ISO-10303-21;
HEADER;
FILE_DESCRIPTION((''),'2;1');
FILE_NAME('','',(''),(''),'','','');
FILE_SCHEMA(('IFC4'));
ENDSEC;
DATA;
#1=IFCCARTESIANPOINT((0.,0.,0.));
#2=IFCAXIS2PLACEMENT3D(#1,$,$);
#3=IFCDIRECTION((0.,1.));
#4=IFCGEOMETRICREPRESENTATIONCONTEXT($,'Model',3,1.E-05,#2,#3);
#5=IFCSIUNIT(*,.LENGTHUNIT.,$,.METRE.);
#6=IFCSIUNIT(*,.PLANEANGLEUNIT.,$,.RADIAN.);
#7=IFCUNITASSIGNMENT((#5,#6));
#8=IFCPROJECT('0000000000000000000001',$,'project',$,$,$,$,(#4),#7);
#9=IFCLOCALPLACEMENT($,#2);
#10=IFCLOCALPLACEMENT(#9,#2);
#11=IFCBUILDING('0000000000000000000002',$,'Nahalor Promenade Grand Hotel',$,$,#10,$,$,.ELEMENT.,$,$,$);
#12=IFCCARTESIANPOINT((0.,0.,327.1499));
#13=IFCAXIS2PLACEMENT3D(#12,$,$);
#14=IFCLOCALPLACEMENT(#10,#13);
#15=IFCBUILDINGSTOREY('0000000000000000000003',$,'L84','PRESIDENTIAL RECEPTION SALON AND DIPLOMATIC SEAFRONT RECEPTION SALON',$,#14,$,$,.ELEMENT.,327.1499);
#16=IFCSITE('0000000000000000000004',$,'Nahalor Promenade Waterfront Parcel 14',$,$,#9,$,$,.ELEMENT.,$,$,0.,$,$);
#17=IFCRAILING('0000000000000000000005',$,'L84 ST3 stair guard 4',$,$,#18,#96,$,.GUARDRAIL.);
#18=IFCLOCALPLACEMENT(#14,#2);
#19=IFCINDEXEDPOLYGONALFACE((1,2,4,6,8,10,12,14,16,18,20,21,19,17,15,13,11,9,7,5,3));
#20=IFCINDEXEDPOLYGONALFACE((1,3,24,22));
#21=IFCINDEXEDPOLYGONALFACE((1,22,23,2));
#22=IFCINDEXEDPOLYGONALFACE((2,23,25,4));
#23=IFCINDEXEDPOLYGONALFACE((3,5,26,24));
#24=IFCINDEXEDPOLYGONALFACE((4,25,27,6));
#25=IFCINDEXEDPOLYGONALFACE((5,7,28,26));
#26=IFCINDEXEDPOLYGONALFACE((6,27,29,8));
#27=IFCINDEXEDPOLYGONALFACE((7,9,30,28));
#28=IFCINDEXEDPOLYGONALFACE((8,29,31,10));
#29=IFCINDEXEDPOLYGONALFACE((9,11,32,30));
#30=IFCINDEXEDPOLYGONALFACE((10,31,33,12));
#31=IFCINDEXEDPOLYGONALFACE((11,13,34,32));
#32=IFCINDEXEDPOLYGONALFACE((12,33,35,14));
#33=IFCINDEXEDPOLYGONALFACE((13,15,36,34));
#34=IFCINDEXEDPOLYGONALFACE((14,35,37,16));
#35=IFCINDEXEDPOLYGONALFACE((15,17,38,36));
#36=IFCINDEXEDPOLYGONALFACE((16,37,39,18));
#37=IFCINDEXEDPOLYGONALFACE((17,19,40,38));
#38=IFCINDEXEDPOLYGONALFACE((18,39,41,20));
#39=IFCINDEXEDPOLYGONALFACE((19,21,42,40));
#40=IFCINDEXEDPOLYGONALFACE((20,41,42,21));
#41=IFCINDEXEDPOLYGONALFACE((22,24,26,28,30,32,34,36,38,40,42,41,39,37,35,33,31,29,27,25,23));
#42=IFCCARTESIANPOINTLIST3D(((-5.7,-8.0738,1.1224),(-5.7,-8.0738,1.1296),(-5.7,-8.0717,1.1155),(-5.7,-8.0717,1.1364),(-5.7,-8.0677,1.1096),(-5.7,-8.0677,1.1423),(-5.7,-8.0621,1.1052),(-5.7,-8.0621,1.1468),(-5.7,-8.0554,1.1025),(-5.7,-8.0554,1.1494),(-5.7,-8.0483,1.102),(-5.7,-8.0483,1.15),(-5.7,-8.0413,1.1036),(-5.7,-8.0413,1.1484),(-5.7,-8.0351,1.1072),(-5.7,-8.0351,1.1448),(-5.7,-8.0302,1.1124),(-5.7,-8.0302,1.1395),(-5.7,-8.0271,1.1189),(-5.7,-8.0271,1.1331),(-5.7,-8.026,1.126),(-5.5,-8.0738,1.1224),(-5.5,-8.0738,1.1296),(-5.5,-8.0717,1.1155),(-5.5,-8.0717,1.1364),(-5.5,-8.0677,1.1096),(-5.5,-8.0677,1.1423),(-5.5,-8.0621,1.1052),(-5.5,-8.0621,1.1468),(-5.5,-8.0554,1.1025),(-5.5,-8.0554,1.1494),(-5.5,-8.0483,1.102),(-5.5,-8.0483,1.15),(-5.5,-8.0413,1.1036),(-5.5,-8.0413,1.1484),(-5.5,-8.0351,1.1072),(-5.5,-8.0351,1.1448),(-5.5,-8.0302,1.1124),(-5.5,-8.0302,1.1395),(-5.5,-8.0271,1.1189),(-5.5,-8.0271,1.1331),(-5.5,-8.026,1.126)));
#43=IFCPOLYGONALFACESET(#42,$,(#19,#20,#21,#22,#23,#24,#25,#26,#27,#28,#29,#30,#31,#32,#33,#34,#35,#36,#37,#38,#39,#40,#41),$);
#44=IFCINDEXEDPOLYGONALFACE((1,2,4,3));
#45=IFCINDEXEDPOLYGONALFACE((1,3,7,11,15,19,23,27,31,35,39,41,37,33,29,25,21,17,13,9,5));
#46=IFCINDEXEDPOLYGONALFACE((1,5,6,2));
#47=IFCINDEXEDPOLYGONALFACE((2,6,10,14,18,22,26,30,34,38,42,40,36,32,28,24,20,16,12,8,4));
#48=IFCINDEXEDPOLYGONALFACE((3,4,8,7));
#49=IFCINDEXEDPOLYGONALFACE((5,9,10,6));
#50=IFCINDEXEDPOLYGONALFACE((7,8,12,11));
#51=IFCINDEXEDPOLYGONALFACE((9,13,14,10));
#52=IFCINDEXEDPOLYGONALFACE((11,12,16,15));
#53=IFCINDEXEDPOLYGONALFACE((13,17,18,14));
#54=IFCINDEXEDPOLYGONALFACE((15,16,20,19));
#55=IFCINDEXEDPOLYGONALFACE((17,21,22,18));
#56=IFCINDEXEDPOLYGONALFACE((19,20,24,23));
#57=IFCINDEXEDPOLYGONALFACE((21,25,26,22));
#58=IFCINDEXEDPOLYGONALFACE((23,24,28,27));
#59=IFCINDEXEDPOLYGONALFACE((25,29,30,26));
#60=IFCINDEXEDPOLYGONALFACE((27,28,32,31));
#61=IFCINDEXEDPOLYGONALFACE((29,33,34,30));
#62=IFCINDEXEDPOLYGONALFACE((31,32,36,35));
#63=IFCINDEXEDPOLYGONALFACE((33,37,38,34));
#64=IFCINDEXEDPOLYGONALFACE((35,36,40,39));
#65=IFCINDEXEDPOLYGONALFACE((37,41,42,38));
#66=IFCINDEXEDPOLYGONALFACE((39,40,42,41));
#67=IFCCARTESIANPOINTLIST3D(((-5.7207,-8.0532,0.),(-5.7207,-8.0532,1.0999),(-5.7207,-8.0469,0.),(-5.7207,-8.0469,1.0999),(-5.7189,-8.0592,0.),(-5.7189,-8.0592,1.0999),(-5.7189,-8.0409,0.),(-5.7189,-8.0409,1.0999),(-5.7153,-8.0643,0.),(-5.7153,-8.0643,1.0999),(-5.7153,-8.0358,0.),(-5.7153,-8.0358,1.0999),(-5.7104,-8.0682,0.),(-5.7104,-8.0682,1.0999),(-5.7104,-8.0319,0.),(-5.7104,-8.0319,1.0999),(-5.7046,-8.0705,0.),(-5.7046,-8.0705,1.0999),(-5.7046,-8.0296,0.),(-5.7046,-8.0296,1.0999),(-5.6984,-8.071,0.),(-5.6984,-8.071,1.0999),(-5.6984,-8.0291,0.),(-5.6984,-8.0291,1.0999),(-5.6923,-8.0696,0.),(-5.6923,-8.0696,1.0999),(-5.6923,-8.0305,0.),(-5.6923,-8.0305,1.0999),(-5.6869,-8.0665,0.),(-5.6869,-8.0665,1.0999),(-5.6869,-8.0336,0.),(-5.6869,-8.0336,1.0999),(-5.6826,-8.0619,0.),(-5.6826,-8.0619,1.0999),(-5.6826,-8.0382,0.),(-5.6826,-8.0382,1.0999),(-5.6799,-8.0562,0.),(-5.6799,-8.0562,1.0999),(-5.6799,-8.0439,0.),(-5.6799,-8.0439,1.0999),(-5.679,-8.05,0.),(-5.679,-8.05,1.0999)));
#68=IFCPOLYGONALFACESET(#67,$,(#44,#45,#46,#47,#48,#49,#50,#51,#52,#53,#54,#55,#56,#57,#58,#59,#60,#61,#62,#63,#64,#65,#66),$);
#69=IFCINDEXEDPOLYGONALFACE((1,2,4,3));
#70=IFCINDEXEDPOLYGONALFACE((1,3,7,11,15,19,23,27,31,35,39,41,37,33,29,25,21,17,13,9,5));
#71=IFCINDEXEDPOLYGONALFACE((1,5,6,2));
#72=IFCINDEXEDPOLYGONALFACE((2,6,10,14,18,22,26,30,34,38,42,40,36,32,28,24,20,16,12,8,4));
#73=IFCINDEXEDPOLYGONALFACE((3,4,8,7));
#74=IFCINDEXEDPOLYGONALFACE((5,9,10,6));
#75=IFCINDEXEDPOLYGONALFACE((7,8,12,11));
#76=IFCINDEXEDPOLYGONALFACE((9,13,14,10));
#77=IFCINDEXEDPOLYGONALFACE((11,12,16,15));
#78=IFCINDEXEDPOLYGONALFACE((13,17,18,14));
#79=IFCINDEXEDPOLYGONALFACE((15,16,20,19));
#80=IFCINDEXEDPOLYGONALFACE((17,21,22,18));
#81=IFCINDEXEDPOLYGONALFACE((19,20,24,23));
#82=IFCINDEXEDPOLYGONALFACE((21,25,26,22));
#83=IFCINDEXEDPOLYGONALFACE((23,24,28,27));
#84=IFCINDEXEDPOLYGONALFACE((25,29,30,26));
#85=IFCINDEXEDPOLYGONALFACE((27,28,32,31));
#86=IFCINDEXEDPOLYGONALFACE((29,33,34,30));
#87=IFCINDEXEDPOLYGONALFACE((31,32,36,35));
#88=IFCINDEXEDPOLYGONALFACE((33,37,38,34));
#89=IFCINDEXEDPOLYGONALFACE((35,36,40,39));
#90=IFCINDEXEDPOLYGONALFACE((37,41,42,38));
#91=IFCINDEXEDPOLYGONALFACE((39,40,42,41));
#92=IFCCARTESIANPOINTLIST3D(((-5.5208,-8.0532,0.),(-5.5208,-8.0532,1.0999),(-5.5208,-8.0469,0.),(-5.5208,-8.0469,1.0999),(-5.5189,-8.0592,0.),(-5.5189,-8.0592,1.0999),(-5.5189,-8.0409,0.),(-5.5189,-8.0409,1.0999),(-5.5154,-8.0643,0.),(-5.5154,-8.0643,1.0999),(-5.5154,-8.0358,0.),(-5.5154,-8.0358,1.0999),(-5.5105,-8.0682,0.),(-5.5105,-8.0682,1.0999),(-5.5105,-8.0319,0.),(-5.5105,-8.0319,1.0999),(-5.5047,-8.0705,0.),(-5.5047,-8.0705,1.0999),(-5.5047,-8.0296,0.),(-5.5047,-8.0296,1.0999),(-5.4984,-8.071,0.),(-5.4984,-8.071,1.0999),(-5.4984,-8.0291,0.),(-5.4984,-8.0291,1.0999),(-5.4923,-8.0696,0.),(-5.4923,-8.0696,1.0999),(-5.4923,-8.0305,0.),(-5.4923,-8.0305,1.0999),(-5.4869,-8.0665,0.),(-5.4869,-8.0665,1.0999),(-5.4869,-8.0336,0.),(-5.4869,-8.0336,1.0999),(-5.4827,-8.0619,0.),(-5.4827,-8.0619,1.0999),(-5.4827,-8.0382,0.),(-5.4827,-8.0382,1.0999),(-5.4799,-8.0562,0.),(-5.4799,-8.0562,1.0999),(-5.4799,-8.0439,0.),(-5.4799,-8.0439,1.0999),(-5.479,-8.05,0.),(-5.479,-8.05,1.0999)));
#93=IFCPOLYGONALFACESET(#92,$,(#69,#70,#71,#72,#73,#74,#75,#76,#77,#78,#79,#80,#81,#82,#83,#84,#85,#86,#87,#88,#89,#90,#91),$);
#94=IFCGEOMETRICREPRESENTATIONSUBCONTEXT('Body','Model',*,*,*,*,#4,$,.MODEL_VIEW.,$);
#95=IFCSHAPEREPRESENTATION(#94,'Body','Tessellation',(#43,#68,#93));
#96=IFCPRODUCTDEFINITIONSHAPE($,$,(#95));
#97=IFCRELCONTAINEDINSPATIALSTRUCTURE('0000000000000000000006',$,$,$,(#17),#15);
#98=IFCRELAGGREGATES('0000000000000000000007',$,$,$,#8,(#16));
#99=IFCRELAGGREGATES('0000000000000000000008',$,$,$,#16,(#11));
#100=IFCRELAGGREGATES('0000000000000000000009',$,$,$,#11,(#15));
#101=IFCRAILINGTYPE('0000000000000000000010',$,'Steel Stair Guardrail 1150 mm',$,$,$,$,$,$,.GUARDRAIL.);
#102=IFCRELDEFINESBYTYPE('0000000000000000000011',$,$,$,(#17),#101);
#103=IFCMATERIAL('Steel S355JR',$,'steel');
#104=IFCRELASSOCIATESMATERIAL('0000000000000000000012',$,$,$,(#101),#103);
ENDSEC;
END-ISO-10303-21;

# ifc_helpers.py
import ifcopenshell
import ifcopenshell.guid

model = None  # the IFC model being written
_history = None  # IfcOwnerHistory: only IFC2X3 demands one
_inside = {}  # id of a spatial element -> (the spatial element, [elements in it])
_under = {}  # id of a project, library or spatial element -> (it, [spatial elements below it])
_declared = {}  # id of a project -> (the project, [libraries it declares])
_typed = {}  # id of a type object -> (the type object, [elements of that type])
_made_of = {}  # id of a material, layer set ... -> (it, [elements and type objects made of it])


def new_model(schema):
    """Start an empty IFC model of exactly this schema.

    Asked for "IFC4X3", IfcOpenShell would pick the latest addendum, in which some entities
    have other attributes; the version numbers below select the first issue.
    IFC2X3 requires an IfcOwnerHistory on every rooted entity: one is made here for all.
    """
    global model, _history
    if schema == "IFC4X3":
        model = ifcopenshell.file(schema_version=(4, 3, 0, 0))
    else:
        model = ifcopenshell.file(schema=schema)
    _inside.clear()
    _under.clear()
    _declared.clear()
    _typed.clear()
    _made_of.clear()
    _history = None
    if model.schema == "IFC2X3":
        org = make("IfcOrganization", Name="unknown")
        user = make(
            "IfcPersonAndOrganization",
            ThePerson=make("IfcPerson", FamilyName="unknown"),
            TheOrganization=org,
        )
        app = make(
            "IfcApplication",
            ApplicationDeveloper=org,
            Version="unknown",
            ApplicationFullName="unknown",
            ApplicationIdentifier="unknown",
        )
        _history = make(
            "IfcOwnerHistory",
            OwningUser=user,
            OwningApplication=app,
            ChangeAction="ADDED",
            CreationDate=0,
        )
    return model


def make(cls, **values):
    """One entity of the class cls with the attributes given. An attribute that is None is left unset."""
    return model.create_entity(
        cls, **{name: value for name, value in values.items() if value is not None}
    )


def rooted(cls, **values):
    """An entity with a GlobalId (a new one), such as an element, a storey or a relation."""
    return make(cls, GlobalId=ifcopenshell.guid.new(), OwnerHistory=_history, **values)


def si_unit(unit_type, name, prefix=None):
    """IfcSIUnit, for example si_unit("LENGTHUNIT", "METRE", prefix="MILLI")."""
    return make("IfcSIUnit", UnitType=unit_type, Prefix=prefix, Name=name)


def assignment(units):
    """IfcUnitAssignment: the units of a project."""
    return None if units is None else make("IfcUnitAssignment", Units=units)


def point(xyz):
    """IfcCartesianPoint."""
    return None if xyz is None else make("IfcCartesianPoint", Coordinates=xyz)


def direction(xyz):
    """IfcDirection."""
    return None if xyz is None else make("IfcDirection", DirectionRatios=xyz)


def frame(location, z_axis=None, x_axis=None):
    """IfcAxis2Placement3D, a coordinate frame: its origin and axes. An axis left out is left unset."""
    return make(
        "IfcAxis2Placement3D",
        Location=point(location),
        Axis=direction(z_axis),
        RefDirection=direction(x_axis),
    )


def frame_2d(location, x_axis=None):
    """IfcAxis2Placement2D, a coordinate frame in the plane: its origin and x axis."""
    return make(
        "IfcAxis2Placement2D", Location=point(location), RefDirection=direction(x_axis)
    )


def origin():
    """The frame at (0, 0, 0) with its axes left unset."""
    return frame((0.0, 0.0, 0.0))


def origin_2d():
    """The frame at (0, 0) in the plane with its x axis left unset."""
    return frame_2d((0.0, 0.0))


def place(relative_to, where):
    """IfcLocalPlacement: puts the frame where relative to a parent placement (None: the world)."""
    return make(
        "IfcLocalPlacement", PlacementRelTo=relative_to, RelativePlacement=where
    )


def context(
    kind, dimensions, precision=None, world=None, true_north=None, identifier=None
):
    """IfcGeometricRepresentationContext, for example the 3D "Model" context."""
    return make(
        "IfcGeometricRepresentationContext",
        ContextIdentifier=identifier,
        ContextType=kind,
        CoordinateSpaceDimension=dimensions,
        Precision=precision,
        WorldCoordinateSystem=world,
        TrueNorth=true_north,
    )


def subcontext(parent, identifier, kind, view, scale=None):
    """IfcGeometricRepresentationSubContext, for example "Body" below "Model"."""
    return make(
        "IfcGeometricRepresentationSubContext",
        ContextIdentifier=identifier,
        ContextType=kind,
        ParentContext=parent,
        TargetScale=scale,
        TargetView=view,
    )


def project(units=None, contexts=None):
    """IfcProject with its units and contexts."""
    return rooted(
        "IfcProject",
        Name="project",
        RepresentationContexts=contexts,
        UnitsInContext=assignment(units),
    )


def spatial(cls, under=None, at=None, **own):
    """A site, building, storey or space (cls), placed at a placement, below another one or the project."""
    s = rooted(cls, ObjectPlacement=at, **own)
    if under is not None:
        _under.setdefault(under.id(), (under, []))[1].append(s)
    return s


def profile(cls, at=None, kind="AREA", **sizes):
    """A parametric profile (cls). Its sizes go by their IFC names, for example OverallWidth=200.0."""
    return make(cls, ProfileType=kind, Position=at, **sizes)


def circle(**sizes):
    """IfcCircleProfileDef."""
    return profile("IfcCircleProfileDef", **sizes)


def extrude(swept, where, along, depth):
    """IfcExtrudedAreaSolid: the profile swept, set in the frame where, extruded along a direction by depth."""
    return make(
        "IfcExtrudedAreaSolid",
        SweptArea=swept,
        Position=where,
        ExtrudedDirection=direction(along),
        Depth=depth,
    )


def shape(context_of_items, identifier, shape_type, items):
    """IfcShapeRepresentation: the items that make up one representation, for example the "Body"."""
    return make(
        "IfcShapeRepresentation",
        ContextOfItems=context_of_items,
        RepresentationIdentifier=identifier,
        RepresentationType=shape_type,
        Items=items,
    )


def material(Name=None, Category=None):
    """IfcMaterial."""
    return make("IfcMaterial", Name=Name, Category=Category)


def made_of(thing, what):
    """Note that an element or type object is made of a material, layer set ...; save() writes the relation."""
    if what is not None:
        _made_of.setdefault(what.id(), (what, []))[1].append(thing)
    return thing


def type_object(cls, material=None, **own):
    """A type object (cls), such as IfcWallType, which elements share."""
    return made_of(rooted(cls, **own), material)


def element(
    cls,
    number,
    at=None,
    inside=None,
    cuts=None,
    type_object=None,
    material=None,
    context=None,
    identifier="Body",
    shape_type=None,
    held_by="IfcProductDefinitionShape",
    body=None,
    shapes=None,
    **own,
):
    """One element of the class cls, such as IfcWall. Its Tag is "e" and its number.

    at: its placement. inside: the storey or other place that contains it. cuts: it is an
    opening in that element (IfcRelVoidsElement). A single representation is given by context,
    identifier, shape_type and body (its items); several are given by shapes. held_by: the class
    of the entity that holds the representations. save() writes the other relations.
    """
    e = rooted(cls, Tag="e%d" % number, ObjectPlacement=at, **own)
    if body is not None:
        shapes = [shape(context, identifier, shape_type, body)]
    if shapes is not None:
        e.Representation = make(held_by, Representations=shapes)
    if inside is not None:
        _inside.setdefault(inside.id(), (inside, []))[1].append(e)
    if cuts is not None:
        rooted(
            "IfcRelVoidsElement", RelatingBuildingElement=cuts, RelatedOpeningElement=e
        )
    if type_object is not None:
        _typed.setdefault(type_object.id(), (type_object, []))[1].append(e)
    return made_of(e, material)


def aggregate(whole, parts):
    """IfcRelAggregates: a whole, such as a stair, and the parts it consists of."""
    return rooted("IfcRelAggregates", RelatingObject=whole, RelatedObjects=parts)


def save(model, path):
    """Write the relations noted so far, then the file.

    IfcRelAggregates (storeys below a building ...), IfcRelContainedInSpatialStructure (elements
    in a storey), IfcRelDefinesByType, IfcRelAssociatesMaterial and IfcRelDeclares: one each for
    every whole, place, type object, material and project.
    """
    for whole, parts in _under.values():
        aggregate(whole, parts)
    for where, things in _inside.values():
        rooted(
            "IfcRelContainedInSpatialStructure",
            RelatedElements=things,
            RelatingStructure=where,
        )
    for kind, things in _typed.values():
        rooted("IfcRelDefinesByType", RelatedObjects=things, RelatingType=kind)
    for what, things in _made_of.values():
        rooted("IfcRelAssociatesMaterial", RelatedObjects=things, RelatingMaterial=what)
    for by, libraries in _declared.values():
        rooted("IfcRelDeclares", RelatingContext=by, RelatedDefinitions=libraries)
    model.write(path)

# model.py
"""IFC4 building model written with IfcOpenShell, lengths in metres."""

from ifc_helpers import new_model, si_unit, direction, frame, origin, origin_2d, place, context, subcontext, project, spatial, circle, extrude, material, type_object, element, save


model = new_model("IFC4")

# Units and contexts
model_context = context("Model", 3, precision=1e-05, world=origin(), true_north=direction((0.0, 1.0)))
body_context = subcontext(model_context, "Body", "Model", "MODEL_VIEW")
ifc_project = project(units=[si_unit("LENGTHUNIT", "METRE"), si_unit("PLANEANGLEUNIT", "RADIAN")], contexts=[model_context])

# Site, building, storey
site_placement = place(None, origin())
site = spatial("IfcSite", under=ifc_project, at=site_placement, Name="Nahalor Promenade Waterfront Parcel 14", CompositionType="ELEMENT", RefElevation=0.0)
building_placement = place(site_placement, origin())
building = spatial("IfcBuilding", under=site, at=building_placement, Name="Nahalor Promenade Grand Hotel", CompositionType="ELEMENT")
storey_placement = place(building_placement, frame((0.0, 0.0, 327.1499)))
storey = spatial("IfcBuildingStorey", under=building, at=storey_placement, Name="L84", Description="PRESIDENTIAL RECEPTION SALON AND DIPLOMATIC SEAFRONT RECEPTION SALON", CompositionType="ELEMENT", Elevation=327.1499)

# Shared definitions
ifc_material_1 = material(Name="Steel S355JR", Category="steel")

# Railing
railing_type_1 = type_object("IfcRailingType", Name="Steel Stair Guardrail 1150 mm", PredefinedType="GUARDRAIL", material=ifc_material_1)
railing_1_placement = place(storey_placement, frame((-5.7, -8.05, 0.0)))
element("IfcRailing", 1, at=railing_1_placement, inside=storey, type_object=railing_type_1, Name="L84 ST3 stair guard 4", PredefinedType="GUARDRAIL", context=body_context, shape_type="SweptSolid", body=[
    extrude(circle(Radius=0.024, at=origin_2d()), frame((0.0, 0.0, 1.126), z_axis=(1.0, 0.0, 0.0), x_axis=(0.0, 1.0, 0.0)), (0.0, 0.0, 1.0), 0.2),
    extrude(circle(Radius=0.021, at=origin_2d()), origin(), (0.0, 0.0, 1.0), 1.0999),
    extrude(circle(Radius=0.021, at=origin_2d()), frame((0.2, 0.0, 0.0)), (0.0, 0.0, 1.0), 1.0999),
])

save(model, "model.ifc")
